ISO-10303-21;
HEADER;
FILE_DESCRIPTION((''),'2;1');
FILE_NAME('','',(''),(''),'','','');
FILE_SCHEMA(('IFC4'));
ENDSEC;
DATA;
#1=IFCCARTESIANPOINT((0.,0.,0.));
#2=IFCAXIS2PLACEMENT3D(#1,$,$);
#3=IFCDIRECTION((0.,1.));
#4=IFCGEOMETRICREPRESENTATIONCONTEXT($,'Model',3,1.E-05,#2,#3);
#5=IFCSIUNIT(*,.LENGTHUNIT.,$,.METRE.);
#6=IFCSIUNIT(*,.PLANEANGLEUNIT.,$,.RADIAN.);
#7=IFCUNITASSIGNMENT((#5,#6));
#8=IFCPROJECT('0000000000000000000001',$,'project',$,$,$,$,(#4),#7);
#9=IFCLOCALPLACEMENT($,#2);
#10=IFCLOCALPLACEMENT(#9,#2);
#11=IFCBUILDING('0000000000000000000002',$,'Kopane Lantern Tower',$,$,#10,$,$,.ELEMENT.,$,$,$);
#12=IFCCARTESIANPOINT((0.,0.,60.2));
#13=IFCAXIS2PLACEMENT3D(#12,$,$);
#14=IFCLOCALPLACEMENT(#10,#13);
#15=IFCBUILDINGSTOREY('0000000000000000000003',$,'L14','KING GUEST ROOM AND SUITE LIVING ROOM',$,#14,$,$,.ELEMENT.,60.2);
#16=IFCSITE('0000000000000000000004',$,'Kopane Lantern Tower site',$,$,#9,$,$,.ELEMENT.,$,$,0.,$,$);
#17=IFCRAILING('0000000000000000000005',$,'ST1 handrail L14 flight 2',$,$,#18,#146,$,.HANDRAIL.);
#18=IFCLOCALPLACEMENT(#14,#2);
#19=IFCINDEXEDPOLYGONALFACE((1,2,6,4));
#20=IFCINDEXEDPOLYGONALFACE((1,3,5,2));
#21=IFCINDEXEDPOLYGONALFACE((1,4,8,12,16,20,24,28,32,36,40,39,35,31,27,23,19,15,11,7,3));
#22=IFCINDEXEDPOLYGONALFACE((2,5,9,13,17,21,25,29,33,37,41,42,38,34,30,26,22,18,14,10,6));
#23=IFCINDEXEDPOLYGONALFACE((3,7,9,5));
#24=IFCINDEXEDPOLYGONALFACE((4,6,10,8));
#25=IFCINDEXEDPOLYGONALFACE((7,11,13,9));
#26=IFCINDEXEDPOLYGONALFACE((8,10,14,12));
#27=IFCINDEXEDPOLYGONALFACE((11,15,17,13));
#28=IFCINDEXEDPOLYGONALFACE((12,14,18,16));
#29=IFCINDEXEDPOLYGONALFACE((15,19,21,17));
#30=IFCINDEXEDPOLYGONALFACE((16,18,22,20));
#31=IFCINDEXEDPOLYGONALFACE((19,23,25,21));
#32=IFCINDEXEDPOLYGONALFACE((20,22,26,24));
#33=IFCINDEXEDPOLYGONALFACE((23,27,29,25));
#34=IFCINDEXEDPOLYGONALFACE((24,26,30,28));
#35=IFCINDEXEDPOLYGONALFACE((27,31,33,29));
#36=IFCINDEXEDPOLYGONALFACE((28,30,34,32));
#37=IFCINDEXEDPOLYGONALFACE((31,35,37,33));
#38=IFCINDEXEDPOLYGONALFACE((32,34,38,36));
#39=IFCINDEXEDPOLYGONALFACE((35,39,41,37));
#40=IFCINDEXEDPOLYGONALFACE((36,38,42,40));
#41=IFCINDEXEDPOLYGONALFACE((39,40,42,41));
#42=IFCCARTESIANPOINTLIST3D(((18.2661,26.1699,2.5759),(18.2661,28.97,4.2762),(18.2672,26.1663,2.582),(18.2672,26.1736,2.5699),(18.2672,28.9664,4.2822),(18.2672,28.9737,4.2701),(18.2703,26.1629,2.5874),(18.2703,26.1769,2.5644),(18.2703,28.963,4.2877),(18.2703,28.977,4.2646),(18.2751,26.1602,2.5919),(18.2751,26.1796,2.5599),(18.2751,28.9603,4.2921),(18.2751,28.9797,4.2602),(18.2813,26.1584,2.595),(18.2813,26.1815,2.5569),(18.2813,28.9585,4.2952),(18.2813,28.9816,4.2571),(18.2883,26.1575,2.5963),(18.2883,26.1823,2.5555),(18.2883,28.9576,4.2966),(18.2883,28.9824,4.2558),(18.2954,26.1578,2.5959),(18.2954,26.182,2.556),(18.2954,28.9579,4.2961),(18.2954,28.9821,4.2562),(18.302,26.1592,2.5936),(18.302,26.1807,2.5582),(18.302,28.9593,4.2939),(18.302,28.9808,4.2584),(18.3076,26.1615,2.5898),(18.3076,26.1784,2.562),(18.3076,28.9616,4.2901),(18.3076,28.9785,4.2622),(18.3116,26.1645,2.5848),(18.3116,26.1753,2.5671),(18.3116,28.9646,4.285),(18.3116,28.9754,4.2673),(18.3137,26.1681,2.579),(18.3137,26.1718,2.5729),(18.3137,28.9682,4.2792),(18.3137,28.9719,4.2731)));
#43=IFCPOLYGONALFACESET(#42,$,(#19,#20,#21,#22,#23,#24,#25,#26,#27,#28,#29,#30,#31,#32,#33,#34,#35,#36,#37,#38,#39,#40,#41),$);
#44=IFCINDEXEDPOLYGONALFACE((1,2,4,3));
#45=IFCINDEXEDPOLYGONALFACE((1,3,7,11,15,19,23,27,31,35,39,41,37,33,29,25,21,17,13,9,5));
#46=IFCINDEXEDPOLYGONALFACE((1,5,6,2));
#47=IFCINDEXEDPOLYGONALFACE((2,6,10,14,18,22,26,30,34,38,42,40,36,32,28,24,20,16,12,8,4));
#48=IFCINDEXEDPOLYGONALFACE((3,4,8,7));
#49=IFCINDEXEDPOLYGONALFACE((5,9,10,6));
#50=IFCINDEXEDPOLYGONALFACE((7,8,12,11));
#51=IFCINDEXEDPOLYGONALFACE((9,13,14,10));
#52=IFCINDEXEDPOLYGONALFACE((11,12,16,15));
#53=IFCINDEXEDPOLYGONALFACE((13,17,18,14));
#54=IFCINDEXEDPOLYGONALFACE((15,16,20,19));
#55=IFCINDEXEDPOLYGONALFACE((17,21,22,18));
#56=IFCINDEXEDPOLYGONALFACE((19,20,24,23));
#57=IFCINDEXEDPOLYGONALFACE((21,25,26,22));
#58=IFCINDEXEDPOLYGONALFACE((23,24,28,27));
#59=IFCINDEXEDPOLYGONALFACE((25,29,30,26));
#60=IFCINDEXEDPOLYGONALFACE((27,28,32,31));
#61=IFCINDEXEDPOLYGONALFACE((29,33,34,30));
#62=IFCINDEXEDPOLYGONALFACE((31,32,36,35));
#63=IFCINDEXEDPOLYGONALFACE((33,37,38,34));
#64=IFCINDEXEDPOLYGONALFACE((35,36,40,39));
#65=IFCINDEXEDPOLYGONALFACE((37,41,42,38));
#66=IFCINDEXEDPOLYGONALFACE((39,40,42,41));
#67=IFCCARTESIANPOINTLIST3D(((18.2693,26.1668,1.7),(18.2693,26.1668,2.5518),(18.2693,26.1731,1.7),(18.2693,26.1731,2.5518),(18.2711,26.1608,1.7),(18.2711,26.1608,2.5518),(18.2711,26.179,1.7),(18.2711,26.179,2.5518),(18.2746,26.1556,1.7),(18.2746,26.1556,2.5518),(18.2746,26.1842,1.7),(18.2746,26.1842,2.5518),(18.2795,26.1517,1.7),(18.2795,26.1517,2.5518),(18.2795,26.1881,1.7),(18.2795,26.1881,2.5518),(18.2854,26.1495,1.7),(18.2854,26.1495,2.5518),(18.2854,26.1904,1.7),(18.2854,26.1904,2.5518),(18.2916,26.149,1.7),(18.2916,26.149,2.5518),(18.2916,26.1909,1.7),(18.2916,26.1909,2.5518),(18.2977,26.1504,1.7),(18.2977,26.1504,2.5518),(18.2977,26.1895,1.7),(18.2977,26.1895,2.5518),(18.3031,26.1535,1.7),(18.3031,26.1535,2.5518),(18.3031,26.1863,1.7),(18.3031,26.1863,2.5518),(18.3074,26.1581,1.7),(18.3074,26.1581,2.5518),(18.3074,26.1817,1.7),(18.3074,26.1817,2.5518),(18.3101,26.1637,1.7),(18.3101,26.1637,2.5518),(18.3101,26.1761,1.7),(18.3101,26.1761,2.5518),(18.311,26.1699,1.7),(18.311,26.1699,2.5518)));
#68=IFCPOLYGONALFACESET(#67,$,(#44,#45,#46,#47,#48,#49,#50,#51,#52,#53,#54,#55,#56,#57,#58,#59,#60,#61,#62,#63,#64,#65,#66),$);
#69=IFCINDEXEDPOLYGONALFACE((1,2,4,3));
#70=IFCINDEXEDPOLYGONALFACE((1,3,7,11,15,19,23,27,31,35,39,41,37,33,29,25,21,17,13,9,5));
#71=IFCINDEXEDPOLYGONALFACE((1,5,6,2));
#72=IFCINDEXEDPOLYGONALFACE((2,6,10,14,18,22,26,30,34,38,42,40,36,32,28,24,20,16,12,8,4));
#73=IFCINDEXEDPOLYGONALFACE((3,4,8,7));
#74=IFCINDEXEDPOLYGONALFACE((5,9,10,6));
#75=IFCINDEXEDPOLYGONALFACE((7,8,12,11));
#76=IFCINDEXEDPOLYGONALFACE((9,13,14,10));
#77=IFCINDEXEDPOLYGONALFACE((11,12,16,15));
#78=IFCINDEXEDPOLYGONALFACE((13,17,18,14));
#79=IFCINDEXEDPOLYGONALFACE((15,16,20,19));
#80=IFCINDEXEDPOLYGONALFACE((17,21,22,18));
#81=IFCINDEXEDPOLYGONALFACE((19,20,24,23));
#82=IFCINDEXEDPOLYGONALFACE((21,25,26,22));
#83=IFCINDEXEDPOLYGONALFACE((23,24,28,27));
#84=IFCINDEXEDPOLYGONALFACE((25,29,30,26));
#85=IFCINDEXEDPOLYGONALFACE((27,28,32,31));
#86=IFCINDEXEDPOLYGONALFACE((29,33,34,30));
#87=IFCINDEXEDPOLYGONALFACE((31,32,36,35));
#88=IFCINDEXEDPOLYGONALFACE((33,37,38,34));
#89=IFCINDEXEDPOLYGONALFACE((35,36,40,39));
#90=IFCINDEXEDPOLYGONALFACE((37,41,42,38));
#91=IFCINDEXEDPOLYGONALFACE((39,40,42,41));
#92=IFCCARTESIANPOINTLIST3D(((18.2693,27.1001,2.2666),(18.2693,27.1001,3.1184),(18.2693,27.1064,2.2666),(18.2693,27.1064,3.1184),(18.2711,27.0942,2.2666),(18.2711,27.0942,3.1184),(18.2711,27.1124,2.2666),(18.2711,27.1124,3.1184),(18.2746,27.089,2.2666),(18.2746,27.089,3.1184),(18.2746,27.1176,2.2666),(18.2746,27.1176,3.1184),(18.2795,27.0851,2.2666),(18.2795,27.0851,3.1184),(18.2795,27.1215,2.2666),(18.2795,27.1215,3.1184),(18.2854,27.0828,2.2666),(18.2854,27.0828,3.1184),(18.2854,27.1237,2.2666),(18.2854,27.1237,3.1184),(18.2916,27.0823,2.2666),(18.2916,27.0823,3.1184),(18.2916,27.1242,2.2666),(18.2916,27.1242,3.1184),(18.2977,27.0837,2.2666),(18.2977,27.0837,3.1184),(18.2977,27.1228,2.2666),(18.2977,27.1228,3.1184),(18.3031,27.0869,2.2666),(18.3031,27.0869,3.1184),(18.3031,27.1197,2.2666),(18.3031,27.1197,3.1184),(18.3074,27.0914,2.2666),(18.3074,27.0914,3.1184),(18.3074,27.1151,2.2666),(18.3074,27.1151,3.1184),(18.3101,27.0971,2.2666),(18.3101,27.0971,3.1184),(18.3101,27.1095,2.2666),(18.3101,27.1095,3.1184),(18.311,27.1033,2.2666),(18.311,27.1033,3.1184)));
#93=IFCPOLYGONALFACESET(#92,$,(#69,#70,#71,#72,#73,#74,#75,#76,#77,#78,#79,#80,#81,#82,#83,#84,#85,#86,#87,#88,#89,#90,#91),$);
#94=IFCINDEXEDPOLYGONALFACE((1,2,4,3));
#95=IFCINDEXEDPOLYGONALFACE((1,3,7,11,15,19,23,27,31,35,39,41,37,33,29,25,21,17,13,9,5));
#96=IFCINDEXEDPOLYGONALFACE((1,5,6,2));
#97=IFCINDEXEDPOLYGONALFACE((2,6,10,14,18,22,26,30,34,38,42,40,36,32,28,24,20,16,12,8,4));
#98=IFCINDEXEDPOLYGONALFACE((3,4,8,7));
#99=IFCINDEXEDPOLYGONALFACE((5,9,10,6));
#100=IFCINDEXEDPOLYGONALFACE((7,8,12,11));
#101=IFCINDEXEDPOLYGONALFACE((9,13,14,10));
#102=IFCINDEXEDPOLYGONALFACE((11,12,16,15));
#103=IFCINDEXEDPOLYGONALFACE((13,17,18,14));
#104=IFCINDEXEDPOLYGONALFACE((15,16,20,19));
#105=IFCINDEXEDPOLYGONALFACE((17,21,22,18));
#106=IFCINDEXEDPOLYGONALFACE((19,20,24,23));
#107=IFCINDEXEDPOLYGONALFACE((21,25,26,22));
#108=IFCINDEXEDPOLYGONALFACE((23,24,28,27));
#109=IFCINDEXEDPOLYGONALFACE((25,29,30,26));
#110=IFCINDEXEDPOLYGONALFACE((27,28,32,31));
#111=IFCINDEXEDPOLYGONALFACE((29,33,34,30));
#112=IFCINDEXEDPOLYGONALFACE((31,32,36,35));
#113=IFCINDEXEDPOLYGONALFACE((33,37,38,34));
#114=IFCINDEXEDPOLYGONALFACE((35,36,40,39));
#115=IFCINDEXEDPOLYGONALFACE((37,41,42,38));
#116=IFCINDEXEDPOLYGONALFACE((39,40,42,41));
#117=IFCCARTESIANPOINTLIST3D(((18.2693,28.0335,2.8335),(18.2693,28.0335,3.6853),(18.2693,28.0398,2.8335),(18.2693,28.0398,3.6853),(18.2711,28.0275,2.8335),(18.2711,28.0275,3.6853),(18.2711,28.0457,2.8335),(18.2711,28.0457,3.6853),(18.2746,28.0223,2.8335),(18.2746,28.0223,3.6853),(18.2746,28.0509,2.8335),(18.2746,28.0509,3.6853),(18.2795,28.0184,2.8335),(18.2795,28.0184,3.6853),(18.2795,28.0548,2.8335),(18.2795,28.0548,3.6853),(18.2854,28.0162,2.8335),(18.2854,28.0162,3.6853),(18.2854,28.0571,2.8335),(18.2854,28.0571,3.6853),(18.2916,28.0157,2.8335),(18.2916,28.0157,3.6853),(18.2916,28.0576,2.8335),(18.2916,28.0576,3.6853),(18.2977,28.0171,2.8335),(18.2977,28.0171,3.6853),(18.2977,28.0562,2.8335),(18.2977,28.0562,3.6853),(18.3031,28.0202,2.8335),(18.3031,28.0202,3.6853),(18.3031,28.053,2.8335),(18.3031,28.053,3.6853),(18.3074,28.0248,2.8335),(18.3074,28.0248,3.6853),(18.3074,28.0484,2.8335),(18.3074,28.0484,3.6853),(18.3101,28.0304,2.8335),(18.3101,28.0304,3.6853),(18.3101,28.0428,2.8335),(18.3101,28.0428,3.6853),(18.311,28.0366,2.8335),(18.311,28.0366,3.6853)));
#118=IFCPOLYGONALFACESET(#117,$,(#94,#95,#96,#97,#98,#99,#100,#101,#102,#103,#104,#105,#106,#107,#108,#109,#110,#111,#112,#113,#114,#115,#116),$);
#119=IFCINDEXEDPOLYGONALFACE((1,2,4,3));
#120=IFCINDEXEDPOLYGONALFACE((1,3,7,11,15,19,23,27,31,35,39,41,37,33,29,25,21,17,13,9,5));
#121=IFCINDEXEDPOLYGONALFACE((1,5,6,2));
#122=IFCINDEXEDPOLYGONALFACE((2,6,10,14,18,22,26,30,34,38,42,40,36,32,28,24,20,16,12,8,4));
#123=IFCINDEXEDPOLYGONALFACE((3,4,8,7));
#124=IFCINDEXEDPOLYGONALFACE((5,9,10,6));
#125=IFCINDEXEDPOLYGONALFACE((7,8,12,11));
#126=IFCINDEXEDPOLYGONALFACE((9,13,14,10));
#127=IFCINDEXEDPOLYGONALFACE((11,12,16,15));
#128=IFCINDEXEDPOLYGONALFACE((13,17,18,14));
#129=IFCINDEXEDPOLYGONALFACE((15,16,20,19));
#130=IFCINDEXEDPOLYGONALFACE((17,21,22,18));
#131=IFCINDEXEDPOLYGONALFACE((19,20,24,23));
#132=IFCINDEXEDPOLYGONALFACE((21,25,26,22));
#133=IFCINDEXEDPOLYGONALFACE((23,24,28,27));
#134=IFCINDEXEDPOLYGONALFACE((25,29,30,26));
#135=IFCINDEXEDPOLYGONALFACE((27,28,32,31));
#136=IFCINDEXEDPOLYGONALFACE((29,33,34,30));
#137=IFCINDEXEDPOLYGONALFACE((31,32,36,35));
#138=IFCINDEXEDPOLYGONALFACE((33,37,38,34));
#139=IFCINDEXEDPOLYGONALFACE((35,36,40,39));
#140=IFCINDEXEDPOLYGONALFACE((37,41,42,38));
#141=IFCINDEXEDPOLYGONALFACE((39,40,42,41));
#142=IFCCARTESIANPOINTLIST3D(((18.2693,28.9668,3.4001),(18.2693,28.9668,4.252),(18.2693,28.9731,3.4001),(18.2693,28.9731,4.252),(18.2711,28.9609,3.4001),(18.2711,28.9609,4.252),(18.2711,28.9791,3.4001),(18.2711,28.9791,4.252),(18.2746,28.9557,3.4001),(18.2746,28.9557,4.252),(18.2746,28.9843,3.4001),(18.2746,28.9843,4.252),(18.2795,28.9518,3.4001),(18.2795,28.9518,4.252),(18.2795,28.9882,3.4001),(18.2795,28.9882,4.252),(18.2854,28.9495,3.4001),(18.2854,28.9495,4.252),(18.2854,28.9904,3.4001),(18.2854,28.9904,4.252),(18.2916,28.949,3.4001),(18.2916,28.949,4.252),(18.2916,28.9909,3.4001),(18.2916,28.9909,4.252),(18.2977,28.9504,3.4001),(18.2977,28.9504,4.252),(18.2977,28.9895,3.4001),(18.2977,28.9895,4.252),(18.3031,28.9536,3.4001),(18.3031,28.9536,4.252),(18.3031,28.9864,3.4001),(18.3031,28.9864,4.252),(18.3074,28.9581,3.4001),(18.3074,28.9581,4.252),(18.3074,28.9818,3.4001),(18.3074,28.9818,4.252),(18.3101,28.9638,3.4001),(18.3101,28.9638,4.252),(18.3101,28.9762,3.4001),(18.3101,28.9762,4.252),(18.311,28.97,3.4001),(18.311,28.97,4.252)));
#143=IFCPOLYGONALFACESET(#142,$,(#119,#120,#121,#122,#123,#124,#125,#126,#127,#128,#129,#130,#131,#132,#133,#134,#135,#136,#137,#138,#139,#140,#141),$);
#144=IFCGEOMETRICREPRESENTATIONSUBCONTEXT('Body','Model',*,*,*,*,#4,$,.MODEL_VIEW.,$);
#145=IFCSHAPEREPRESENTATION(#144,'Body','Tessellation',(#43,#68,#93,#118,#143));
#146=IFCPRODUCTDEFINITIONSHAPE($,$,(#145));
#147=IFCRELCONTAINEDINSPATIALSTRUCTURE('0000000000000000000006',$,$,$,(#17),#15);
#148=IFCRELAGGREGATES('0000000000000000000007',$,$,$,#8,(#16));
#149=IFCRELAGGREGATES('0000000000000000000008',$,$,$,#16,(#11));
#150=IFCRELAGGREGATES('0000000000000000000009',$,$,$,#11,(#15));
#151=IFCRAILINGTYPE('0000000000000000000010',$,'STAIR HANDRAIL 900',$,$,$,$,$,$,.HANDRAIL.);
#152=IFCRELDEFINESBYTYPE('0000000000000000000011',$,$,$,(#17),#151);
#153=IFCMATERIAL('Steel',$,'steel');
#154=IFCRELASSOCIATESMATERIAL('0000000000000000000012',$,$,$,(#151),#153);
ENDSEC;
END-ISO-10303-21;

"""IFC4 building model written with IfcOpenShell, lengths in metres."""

from ifc_helpers import new_model, si_unit, direction, frame, origin, origin_2d, place, context, subcontext, project, spatial, circle, extrude, material, type_object, element, save


model = new_model("IFC4")

# Units and contexts
model_context = context("Model", 3, precision=1e-05, world=origin(), true_north=direction((0.0, 1.0)))
body_context = subcontext(model_context, "Body", "Model", "MODEL_VIEW")
ifc_project = project(units=[si_unit("LENGTHUNIT", "METRE"), si_unit("PLANEANGLEUNIT", "RADIAN")], contexts=[model_context])

# Site, building, storey
site_placement = place(None, origin())
site = spatial("IfcSite", under=ifc_project, at=site_placement, Name="Kopane Lantern Tower site", CompositionType="ELEMENT", RefElevation=0.0)
building_placement = place(site_placement, origin())
building = spatial("IfcBuilding", under=site, at=building_placement, Name="Kopane Lantern Tower", CompositionType="ELEMENT")
storey_placement = place(building_placement, frame((0.0, 0.0, 60.2)))
storey = spatial("IfcBuildingStorey", under=building, at=storey_placement, Name="L14", Description="KING GUEST ROOM AND SUITE LIVING ROOM", CompositionType="ELEMENT", Elevation=60.2)

# Railing
ifc_material_1 = material(Name="Steel", Category="steel")
railing_type_1 = type_object("IfcRailingType", Name="STAIR HANDRAIL 900", PredefinedType="HANDRAIL", material=ifc_material_1)
for number, where, name in (
    (1, (18.29, 26.1699, 1.7), "ST1 handrail L14 flight 2"),
):
    element("IfcRailing", number, at=place(storey_placement, frame(where)), inside=storey, type_object=railing_type_1, Name=name, PredefinedType="HANDRAIL", context=body_context, shape_type="SweptSolid", body=[
        extrude(circle(Radius=0.0239, at=origin_2d()), frame((0.0, 0.0, 0.876), z_axis=(0.0, 0.854765, 0.519015), x_axis=(-1.0, 0.0, 0.0)), (0.0, 0.0, 1.0), 3.2759),
        extrude(circle(Radius=0.021, at=origin_2d()), origin(), (0.0, 0.0, 1.0), 0.8518),
        extrude(circle(Radius=0.021, at=origin_2d()), frame((0.0, 0.9333, 0.5667)), (0.0, 0.0, 1.0), 0.8518),
        extrude(circle(Radius=0.021, at=origin_2d()), frame((0.0, 1.8667, 1.1335)), (0.0, 0.0, 1.0), 0.8518),
        extrude(circle(Radius=0.021, at=origin_2d()), frame((0.0, 2.8, 1.7002)), (0.0, 0.0, 1.0), 0.8518),
    ])

save(model, "model.ifc")
